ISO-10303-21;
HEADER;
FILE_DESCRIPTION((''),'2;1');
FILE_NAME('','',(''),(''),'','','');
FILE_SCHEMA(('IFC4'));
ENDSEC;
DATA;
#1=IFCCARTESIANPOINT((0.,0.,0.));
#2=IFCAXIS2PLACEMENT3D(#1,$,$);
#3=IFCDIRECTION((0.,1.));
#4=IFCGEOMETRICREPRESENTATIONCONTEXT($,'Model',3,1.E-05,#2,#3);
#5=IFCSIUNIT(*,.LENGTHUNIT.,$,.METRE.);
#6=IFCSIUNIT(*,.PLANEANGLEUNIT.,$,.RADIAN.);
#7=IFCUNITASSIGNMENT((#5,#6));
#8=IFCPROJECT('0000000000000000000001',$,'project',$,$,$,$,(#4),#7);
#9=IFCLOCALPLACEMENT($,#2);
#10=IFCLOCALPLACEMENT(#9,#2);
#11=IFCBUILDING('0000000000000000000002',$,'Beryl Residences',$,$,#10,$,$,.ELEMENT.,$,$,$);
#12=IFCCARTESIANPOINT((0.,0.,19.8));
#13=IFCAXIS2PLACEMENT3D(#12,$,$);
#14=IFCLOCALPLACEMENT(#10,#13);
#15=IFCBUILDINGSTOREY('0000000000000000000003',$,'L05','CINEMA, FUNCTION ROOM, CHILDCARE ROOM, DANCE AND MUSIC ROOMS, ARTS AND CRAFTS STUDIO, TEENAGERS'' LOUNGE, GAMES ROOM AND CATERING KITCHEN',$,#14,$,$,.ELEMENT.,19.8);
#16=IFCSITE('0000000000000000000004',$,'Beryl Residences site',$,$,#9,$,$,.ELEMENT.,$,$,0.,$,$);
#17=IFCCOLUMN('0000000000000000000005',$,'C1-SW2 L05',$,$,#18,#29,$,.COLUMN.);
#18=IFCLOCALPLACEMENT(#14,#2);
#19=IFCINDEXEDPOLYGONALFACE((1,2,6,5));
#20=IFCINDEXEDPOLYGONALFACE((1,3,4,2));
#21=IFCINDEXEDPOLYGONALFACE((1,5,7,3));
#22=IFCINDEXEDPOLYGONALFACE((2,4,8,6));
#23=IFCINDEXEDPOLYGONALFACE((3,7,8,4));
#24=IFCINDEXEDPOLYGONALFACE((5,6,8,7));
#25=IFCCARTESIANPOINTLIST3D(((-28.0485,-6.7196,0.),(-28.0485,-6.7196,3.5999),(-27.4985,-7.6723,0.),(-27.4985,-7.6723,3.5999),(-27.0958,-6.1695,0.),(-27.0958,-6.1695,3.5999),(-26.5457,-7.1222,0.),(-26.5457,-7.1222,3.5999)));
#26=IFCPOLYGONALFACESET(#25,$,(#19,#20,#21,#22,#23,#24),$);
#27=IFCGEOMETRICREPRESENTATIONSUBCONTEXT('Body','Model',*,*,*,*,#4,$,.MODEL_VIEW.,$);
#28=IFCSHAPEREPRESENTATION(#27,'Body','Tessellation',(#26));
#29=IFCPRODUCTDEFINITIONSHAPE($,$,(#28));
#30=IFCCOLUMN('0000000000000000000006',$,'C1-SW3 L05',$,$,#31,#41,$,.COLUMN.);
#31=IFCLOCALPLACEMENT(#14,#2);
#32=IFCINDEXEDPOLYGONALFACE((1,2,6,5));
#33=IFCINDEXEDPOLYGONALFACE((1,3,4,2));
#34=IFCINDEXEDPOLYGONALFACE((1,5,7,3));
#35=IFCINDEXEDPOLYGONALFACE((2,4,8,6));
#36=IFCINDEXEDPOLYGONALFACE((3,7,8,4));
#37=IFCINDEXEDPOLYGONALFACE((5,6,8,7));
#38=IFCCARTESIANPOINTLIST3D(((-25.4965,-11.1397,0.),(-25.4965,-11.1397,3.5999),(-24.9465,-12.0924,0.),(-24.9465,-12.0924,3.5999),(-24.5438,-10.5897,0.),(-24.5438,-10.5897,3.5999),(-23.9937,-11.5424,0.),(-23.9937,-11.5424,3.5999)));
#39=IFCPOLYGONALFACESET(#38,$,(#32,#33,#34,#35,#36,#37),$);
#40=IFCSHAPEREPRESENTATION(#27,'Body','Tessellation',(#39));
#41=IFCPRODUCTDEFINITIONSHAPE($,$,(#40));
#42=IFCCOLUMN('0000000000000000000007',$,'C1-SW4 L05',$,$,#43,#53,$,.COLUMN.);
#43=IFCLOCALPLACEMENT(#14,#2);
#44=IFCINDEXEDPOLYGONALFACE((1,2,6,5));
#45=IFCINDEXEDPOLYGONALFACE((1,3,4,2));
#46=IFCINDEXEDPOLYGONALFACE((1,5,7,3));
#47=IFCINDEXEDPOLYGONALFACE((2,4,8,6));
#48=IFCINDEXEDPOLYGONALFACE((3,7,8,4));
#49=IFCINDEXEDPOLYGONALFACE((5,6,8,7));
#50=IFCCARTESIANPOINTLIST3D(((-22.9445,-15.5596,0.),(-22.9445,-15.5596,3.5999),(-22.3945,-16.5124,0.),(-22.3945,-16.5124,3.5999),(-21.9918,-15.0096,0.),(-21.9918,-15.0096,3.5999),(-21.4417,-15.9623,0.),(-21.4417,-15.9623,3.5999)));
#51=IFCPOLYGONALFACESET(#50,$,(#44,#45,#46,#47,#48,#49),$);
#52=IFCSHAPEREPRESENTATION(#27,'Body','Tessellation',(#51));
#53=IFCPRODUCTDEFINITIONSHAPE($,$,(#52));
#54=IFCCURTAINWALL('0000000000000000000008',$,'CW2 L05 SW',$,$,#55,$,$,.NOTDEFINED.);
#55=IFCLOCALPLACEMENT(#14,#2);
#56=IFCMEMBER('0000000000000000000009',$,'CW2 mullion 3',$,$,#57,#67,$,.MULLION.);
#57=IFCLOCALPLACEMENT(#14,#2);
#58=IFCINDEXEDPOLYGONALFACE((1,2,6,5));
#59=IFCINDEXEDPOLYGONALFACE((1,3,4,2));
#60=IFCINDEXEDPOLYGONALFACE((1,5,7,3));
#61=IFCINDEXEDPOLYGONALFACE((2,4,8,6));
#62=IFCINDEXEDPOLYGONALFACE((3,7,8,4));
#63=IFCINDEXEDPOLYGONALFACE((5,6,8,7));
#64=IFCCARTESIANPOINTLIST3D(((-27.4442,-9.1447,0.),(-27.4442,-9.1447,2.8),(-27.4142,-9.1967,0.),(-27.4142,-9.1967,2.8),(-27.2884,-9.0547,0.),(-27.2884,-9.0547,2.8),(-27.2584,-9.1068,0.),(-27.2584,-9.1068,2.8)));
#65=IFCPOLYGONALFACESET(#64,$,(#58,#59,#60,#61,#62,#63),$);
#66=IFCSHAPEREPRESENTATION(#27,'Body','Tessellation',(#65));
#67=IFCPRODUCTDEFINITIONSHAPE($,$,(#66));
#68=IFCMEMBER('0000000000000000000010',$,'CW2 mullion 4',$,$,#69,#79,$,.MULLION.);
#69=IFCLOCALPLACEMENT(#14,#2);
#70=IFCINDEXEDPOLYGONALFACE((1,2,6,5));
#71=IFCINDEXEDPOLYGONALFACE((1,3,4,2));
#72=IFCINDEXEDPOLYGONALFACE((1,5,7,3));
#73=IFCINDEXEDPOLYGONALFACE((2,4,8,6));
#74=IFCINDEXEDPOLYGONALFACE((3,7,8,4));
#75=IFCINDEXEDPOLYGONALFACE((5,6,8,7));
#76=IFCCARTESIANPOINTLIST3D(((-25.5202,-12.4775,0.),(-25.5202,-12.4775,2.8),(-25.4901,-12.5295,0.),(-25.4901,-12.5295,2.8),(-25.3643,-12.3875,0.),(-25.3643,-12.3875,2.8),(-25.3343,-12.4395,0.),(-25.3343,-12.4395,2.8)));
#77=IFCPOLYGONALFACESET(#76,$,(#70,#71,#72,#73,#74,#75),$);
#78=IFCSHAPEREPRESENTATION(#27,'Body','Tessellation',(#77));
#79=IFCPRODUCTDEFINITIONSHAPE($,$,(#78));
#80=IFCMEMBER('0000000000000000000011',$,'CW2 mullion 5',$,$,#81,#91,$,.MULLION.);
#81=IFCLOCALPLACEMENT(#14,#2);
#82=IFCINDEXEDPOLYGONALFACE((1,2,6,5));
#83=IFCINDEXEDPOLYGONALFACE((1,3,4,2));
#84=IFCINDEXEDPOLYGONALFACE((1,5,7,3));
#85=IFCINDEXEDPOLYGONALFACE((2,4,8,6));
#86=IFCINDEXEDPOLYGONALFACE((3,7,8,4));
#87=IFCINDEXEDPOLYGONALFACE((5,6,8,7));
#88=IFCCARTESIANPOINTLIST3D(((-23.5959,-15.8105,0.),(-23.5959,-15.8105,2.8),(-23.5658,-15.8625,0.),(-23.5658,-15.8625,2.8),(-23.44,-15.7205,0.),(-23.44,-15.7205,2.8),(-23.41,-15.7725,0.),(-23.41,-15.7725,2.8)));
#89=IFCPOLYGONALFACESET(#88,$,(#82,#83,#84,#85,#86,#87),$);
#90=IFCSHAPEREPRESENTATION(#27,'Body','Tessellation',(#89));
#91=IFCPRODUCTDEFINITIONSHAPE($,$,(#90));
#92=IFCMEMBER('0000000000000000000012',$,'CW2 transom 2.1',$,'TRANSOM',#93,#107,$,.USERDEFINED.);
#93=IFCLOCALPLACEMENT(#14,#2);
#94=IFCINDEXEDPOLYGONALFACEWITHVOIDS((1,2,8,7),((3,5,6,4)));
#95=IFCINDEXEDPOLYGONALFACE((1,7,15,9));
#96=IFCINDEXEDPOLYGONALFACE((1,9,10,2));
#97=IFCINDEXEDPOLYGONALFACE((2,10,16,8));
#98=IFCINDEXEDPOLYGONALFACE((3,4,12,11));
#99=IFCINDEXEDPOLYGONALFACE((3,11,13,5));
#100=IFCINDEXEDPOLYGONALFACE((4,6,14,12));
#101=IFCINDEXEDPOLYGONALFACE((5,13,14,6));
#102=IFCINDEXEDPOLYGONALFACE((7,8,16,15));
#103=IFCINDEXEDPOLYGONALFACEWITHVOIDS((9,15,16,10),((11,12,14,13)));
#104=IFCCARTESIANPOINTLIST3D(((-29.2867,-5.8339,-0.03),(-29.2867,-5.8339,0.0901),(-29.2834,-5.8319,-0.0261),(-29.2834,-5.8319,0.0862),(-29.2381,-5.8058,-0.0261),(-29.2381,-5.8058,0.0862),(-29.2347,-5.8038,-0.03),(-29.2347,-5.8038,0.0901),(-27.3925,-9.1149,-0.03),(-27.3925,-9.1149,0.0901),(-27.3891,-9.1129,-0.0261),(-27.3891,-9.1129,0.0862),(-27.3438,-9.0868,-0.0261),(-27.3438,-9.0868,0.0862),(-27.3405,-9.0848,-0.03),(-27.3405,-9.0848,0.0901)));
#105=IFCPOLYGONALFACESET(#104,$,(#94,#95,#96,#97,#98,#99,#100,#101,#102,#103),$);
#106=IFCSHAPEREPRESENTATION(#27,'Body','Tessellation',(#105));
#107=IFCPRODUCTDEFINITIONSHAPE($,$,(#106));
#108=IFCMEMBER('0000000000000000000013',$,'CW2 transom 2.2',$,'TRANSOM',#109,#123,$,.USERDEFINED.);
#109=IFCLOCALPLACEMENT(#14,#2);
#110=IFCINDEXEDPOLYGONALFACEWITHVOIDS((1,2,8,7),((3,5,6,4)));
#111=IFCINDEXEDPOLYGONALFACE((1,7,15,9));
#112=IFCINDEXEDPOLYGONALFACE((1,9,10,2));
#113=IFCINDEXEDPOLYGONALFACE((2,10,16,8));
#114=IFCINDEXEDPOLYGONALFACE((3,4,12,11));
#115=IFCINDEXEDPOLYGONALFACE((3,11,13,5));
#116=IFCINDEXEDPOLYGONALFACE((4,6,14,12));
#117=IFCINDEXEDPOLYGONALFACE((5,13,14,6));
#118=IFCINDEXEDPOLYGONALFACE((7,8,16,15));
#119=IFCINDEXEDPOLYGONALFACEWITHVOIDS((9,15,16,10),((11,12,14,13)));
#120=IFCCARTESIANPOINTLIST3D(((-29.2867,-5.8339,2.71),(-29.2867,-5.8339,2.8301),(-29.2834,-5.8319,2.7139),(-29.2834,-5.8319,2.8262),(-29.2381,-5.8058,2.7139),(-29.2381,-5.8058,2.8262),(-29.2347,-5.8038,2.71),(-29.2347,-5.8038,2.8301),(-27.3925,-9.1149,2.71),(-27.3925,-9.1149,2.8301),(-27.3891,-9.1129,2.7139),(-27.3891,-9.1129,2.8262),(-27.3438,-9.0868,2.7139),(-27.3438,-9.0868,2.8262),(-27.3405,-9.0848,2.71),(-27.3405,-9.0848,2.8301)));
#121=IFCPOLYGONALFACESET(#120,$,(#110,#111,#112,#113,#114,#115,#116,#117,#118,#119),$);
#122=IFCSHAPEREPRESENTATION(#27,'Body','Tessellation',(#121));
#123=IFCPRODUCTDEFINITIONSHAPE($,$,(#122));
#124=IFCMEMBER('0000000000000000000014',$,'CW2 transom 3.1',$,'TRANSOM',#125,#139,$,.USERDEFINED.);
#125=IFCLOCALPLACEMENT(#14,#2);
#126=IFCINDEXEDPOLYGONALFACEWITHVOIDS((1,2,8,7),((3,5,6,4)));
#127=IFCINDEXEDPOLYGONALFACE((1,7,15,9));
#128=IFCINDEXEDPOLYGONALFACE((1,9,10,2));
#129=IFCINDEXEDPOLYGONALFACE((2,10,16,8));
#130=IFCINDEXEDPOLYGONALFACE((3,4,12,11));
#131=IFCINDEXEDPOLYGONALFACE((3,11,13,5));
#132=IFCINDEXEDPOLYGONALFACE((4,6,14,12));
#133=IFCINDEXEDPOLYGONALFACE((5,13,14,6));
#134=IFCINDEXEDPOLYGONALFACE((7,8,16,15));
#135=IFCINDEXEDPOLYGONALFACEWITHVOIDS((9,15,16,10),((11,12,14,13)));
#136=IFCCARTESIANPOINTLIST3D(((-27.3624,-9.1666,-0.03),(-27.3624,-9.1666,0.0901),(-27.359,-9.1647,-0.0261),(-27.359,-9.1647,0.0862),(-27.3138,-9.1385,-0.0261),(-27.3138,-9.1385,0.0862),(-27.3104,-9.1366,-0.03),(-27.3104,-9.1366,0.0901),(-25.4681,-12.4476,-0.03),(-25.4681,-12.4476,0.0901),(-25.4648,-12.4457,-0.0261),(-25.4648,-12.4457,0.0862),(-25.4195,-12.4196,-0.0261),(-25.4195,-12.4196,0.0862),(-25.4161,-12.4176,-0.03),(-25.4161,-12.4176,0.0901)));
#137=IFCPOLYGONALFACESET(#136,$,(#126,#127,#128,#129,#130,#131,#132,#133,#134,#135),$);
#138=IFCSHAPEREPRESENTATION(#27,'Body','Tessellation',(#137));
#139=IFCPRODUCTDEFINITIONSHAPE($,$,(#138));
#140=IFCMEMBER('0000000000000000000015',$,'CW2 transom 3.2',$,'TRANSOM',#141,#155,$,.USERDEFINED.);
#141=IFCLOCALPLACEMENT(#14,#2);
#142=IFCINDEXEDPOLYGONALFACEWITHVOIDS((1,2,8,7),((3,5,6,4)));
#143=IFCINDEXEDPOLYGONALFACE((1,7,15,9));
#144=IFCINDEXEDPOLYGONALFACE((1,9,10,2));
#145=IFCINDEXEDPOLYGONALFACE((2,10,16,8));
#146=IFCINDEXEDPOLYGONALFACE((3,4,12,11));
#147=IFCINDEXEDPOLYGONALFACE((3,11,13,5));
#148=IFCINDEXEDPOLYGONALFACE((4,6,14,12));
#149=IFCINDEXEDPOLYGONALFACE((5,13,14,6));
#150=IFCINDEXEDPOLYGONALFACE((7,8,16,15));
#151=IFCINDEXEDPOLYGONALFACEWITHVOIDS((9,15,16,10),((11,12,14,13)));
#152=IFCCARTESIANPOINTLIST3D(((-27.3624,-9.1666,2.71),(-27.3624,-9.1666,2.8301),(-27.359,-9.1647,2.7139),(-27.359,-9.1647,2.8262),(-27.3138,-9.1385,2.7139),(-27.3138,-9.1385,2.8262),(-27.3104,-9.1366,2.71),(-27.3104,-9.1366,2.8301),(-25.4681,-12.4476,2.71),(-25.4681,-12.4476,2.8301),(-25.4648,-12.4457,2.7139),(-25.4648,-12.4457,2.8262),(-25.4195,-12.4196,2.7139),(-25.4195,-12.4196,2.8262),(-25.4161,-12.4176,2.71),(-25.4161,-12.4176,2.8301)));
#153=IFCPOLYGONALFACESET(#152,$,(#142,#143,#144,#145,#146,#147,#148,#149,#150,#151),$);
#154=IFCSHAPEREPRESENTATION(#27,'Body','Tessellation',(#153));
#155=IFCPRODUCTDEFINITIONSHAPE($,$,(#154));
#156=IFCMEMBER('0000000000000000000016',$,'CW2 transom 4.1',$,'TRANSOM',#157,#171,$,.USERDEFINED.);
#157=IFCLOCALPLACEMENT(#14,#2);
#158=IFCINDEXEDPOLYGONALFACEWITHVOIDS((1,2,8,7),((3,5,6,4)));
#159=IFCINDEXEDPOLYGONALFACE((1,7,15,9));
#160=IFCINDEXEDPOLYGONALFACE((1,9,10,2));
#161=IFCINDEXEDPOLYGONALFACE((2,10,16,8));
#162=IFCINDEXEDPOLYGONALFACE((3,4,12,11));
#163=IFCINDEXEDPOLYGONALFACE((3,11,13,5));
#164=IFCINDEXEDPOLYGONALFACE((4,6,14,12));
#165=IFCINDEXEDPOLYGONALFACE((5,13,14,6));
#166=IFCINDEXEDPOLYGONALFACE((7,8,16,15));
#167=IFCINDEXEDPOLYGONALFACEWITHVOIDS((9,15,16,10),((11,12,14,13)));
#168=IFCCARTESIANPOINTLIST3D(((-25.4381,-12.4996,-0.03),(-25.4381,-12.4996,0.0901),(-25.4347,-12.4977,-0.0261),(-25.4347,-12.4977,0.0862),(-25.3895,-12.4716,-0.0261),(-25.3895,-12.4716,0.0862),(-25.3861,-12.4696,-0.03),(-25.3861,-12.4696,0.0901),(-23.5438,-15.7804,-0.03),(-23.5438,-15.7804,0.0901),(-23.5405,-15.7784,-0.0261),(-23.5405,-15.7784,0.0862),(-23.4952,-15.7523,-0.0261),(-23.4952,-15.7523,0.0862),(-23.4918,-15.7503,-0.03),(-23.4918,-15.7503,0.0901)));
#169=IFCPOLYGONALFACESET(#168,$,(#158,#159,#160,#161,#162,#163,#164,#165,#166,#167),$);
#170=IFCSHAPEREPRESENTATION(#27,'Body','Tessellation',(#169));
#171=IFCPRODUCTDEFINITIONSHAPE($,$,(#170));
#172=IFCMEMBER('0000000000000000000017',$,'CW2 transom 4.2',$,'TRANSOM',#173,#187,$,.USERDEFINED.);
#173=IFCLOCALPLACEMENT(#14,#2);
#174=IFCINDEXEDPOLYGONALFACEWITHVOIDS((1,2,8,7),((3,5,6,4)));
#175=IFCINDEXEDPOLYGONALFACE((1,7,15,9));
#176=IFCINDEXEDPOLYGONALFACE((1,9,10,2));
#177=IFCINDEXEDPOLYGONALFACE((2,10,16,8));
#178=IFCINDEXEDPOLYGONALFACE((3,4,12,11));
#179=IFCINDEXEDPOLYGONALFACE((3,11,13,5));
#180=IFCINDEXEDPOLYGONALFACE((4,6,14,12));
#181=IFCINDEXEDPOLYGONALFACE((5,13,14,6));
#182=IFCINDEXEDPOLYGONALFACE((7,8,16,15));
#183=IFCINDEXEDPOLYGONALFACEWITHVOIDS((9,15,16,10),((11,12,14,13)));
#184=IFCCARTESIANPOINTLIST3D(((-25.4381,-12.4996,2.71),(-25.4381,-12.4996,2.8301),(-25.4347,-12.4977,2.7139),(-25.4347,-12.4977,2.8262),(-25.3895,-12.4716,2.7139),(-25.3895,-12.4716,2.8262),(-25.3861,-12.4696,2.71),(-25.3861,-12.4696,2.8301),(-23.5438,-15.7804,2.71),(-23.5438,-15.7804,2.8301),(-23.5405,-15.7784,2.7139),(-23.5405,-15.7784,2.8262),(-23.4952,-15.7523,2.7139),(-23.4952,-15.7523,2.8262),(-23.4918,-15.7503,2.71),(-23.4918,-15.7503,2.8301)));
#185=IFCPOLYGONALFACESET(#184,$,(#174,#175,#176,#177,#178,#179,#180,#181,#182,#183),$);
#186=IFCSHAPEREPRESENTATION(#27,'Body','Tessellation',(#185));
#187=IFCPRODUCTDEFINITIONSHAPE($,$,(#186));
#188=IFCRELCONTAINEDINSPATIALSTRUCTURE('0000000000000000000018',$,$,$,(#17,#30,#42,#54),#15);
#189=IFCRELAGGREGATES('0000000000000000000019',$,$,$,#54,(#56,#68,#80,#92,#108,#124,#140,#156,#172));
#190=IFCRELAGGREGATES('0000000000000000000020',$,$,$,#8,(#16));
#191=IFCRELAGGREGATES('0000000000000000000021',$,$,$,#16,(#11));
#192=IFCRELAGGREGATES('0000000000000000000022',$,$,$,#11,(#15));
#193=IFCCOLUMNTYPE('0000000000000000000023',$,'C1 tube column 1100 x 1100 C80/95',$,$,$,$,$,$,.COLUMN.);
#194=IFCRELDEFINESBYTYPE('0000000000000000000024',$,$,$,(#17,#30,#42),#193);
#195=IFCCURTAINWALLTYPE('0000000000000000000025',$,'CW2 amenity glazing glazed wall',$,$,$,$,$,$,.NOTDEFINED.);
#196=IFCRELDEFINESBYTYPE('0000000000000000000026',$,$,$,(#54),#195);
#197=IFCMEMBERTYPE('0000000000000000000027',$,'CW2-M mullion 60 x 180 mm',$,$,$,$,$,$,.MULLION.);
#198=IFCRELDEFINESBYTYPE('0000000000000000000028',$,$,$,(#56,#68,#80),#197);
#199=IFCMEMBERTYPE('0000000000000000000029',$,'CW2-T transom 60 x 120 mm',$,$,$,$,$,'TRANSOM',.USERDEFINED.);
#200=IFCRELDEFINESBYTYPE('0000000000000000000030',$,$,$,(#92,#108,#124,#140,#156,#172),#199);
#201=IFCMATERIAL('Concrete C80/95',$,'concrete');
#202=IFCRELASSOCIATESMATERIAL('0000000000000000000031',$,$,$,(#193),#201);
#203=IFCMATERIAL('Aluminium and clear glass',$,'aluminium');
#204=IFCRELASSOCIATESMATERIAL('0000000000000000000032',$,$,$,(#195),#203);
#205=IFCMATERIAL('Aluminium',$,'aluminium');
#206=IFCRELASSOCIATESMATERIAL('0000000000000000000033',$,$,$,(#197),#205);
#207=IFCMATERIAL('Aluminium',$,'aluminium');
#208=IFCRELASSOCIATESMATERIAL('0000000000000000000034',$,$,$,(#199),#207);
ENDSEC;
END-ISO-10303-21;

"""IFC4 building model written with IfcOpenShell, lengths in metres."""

from ifc_helpers import new_model, si_unit, direction, frame, origin, origin_2d, place, context, subcontext, project, spatial, rectangle, hollow_rectangle, extrude, material, material_profile, profile_set, type_object, element, aggregate, save


model = new_model("IFC4")

# Units and contexts
model_context = context("Model", 3, precision=1e-05, world=origin(), true_north=direction((0.0, 1.0)))
body_context = subcontext(model_context, "Body", "Model", "MODEL_VIEW")
ifc_project = project(units=[si_unit("LENGTHUNIT", "METRE"), si_unit("PLANEANGLEUNIT", "RADIAN")], contexts=[model_context])

# Site, building, storey
site_placement = place(None, origin())
site = spatial("IfcSite", under=ifc_project, at=site_placement, Name="Beryl Residences site", CompositionType="ELEMENT", RefElevation=0.0)
building_placement = place(site_placement, origin())
building = spatial("IfcBuilding", under=site, at=building_placement, Name="Beryl Residences", CompositionType="ELEMENT")
storey_placement = place(building_placement, frame((0.0, 0.0, 19.8)))
storey = spatial("IfcBuildingStorey", under=building, at=storey_placement, Name="L05", Description="CINEMA, FUNCTION ROOM, CHILDCARE ROOM, DANCE AND MUSIC ROOMS, ARTS AND CRAFTS STUDIO, TEENAGERS' LOUNGE, GAMES ROOM AND CATERING KITCHEN", CompositionType="ELEMENT", Elevation=19.8)

# Columns
ifc_material_1 = material(Name="Concrete C80/95", Category="concrete")
ifc_material_profile_1 = material_profile(ifc_material_1, rectangle(XDim=1.1001, YDim=1.1001, at=origin_2d()))
ifc_profile_set_1 = profile_set([ifc_material_profile_1], Name="Concrete C80/95")
column_type = type_object("IfcColumnType", Name="C1 tube column 1100 x 1100 C80/95", PredefinedType="COLUMN", material=ifc_profile_set_1)
for number, where, z_axis, x_axis, name in (
    (1, (-27.2971, -6.9209, 0.0), (0.0, 0.0, 1.0), (0.499985, -0.866034, 0.0), "C1-SW2 L05"),
    (2, (-24.7451, -11.3411, 0.0), (0.0, 0.0, 1.0), (0.499985, -0.866034, 0.0), "C1-SW3 L05"),
    (3, (-22.1931, -15.761, 0.0), (0.0, 0.0, 1.0), (0.499985, -0.866034, 0.0), "C1-SW4 L05"),
):
    element("IfcColumn", number, at=place(storey_placement, frame(where, z_axis=z_axis, x_axis=x_axis)), inside=storey, type_object=column_type, Name=name, PredefinedType="COLUMN", context=body_context, shape_type="SweptSolid", body=[
        extrude(rectangle(XDim=1.1001, YDim=1.1001, at=origin_2d()), origin(), (0.0, 0.0, 1.0), 3.5999),
    ])

# Curtain wall, members
ifc_material_2 = material(Name="Aluminium and clear glass", Category="aluminium")
curtain_wall_type = type_object("IfcCurtainWallType", Name="CW2 amenity glazing glazed wall", PredefinedType="NOTDEFINED", material=ifc_material_2)
curtain_wall_placement = place(storey_placement, origin())
curtain_wall = element("IfcCurtainWall", 4, at=curtain_wall_placement, inside=storey, type_object=curtain_wall_type, Name="CW2 L05 SW", PredefinedType="NOTDEFINED")
ifc_material_3 = material(Name="Aluminium", Category="aluminium")
ifc_material_profile_2 = material_profile(ifc_material_3, rectangle(XDim=0.0601, YDim=0.1799, at=origin_2d()))
ifc_profile_set_2 = profile_set([ifc_material_profile_2], Name="Aluminium")
member_type_1 = type_object("IfcMemberType", Name="CW2-M mullion 60 x 180 mm", PredefinedType="MULLION", material=ifc_profile_set_2)
member_1_placement = place(storey_placement, frame((-27.3513, -9.1257, 0.0), z_axis=(0.0, 0.0, 1.0), x_axis=(0.500012, -0.866019, 0.0)))
member_1 = element("IfcMember", 5, at=member_1_placement, type_object=member_type_1, Name="CW2 mullion 3", PredefinedType="MULLION", context=body_context, shape_type="SweptSolid", body=[
    extrude(rectangle(XDim=0.0601, YDim=0.1799, at=origin_2d()), origin(), (0.0, 0.0, 1.0), 2.8),
])
member_2_placement = place(storey_placement, frame((-25.4272, -12.4585, 0.0), z_axis=(0.0, 0.0, 1.0), x_axis=(0.500012, -0.866019, 0.0)))
member_2 = element("IfcMember", 6, at=member_2_placement, type_object=member_type_1, Name="CW2 mullion 4", PredefinedType="MULLION", context=body_context, shape_type="SweptSolid", body=[
    extrude(rectangle(XDim=0.0601, YDim=0.1799, at=origin_2d()), origin(), (0.0, 0.0, 1.0), 2.8),
])
member_3_placement = place(storey_placement, frame((-23.5029, -15.7915, 0.0), z_axis=(0.0, 0.0, 1.0), x_axis=(0.500012, -0.866019, 0.0)))
member_3 = element("IfcMember", 7, at=member_3_placement, type_object=member_type_1, Name="CW2 mullion 5", PredefinedType="MULLION", context=body_context, shape_type="SweptSolid", body=[
    extrude(rectangle(XDim=0.0601, YDim=0.1799, at=origin_2d()), origin(), (0.0, 0.0, 1.0), 2.8),
])
ifc_material_4 = material(Name="Aluminium", Category="aluminium")
ifc_material_profile_3 = material_profile(ifc_material_4, hollow_rectangle(XDim=0.0601, YDim=0.1201, WallThickness=0.0039, at=origin_2d()))
ifc_profile_set_3 = profile_set([ifc_material_profile_3], Name="Aluminium")
member_type_2 = type_object("IfcMemberType", Name="CW2-T transom 60 x 120 mm", ElementType="TRANSOM", PredefinedType="USERDEFINED", material=ifc_profile_set_3)
member_4_placement = place(storey_placement, frame((-29.2607, -5.8188, 0.03), z_axis=(0.5, -0.866026, 0.0), x_axis=(0.866026, 0.5, 0.0)))
member_4 = element("IfcMember", 8, at=member_4_placement, type_object=member_type_2, Name="CW2 transom 2.1", ObjectType="TRANSOM", PredefinedType="USERDEFINED", context=body_context, shape_type="SweptSolid", body=[
    extrude(hollow_rectangle(XDim=0.0601, YDim=0.1201, WallThickness=0.0039, at=origin_2d()), origin(), (0.0, 0.0, 1.0), 3.7886),
])
member_5_placement = place(storey_placement, frame((-29.2607, -5.8188, 2.77), z_axis=(0.5, -0.866026, 0.0), x_axis=(0.866026, 0.5, 0.0)))
member_5 = element("IfcMember", 9, at=member_5_placement, type_object=member_type_2, Name="CW2 transom 2.2", ObjectType="TRANSOM", PredefinedType="USERDEFINED", context=body_context, shape_type="SweptSolid", body=[
    extrude(hollow_rectangle(XDim=0.0601, YDim=0.1201, WallThickness=0.0039, at=origin_2d()), origin(), (0.0, 0.0, 1.0), 3.7886),
])
member_6_placement = place(storey_placement, frame((-27.3364, -9.1516, 0.03), z_axis=(0.5, -0.866026, 0.0), x_axis=(0.866026, 0.5, 0.0)))
member_6 = element("IfcMember", 10, at=member_6_placement, type_object=member_type_2, Name="CW2 transom 3.1", ObjectType="TRANSOM", PredefinedType="USERDEFINED", context=body_context, shape_type="SweptSolid", body=[
    extrude(hollow_rectangle(XDim=0.0601, YDim=0.1201, WallThickness=0.0039, at=origin_2d()), origin(), (0.0, 0.0, 1.0), 3.7886),
])
member_7_placement = place(storey_placement, frame((-27.3364, -9.1516, 2.77), z_axis=(0.5, -0.866026, 0.0), x_axis=(0.866026, 0.5, 0.0)))
member_7 = element("IfcMember", 11, at=member_7_placement, type_object=member_type_2, Name="CW2 transom 3.2", ObjectType="TRANSOM", PredefinedType="USERDEFINED", context=body_context, shape_type="SweptSolid", body=[
    extrude(hollow_rectangle(XDim=0.0601, YDim=0.1201, WallThickness=0.0039, at=origin_2d()), origin(), (0.0, 0.0, 1.0), 3.7886),
])
member_8_placement = place(storey_placement, frame((-25.4121, -12.4846, 0.03), z_axis=(0.500027, -0.86601, 0.0), x_axis=(0.86601, 0.500027, 0.0)))
member_8 = element("IfcMember", 12, at=member_8_placement, type_object=member_type_2, Name="CW2 transom 4.1", ObjectType="TRANSOM", PredefinedType="USERDEFINED", context=body_context, shape_type="SweptSolid", body=[
    extrude(hollow_rectangle(XDim=0.0601, YDim=0.1201, WallThickness=0.0039, at=origin_2d()), origin(), (0.0, 0.0, 1.0), 3.7883),
])
member_9_placement = place(storey_placement, frame((-25.4121, -12.4846, 2.77), z_axis=(0.500027, -0.86601, 0.0), x_axis=(0.86601, 0.500027, 0.0)))
member_9 = element("IfcMember", 13, at=member_9_placement, type_object=member_type_2, Name="CW2 transom 4.2", ObjectType="TRANSOM", PredefinedType="USERDEFINED", context=body_context, shape_type="SweptSolid", body=[
    extrude(hollow_rectangle(XDim=0.0601, YDim=0.1201, WallThickness=0.0039, at=origin_2d()), origin(), (0.0, 0.0, 1.0), 3.7883),
])

aggregate(curtain_wall, [member_1, member_2, member_3, member_4, member_5, member_6, member_7, member_8, member_9])

save(model, "model.ifc")
